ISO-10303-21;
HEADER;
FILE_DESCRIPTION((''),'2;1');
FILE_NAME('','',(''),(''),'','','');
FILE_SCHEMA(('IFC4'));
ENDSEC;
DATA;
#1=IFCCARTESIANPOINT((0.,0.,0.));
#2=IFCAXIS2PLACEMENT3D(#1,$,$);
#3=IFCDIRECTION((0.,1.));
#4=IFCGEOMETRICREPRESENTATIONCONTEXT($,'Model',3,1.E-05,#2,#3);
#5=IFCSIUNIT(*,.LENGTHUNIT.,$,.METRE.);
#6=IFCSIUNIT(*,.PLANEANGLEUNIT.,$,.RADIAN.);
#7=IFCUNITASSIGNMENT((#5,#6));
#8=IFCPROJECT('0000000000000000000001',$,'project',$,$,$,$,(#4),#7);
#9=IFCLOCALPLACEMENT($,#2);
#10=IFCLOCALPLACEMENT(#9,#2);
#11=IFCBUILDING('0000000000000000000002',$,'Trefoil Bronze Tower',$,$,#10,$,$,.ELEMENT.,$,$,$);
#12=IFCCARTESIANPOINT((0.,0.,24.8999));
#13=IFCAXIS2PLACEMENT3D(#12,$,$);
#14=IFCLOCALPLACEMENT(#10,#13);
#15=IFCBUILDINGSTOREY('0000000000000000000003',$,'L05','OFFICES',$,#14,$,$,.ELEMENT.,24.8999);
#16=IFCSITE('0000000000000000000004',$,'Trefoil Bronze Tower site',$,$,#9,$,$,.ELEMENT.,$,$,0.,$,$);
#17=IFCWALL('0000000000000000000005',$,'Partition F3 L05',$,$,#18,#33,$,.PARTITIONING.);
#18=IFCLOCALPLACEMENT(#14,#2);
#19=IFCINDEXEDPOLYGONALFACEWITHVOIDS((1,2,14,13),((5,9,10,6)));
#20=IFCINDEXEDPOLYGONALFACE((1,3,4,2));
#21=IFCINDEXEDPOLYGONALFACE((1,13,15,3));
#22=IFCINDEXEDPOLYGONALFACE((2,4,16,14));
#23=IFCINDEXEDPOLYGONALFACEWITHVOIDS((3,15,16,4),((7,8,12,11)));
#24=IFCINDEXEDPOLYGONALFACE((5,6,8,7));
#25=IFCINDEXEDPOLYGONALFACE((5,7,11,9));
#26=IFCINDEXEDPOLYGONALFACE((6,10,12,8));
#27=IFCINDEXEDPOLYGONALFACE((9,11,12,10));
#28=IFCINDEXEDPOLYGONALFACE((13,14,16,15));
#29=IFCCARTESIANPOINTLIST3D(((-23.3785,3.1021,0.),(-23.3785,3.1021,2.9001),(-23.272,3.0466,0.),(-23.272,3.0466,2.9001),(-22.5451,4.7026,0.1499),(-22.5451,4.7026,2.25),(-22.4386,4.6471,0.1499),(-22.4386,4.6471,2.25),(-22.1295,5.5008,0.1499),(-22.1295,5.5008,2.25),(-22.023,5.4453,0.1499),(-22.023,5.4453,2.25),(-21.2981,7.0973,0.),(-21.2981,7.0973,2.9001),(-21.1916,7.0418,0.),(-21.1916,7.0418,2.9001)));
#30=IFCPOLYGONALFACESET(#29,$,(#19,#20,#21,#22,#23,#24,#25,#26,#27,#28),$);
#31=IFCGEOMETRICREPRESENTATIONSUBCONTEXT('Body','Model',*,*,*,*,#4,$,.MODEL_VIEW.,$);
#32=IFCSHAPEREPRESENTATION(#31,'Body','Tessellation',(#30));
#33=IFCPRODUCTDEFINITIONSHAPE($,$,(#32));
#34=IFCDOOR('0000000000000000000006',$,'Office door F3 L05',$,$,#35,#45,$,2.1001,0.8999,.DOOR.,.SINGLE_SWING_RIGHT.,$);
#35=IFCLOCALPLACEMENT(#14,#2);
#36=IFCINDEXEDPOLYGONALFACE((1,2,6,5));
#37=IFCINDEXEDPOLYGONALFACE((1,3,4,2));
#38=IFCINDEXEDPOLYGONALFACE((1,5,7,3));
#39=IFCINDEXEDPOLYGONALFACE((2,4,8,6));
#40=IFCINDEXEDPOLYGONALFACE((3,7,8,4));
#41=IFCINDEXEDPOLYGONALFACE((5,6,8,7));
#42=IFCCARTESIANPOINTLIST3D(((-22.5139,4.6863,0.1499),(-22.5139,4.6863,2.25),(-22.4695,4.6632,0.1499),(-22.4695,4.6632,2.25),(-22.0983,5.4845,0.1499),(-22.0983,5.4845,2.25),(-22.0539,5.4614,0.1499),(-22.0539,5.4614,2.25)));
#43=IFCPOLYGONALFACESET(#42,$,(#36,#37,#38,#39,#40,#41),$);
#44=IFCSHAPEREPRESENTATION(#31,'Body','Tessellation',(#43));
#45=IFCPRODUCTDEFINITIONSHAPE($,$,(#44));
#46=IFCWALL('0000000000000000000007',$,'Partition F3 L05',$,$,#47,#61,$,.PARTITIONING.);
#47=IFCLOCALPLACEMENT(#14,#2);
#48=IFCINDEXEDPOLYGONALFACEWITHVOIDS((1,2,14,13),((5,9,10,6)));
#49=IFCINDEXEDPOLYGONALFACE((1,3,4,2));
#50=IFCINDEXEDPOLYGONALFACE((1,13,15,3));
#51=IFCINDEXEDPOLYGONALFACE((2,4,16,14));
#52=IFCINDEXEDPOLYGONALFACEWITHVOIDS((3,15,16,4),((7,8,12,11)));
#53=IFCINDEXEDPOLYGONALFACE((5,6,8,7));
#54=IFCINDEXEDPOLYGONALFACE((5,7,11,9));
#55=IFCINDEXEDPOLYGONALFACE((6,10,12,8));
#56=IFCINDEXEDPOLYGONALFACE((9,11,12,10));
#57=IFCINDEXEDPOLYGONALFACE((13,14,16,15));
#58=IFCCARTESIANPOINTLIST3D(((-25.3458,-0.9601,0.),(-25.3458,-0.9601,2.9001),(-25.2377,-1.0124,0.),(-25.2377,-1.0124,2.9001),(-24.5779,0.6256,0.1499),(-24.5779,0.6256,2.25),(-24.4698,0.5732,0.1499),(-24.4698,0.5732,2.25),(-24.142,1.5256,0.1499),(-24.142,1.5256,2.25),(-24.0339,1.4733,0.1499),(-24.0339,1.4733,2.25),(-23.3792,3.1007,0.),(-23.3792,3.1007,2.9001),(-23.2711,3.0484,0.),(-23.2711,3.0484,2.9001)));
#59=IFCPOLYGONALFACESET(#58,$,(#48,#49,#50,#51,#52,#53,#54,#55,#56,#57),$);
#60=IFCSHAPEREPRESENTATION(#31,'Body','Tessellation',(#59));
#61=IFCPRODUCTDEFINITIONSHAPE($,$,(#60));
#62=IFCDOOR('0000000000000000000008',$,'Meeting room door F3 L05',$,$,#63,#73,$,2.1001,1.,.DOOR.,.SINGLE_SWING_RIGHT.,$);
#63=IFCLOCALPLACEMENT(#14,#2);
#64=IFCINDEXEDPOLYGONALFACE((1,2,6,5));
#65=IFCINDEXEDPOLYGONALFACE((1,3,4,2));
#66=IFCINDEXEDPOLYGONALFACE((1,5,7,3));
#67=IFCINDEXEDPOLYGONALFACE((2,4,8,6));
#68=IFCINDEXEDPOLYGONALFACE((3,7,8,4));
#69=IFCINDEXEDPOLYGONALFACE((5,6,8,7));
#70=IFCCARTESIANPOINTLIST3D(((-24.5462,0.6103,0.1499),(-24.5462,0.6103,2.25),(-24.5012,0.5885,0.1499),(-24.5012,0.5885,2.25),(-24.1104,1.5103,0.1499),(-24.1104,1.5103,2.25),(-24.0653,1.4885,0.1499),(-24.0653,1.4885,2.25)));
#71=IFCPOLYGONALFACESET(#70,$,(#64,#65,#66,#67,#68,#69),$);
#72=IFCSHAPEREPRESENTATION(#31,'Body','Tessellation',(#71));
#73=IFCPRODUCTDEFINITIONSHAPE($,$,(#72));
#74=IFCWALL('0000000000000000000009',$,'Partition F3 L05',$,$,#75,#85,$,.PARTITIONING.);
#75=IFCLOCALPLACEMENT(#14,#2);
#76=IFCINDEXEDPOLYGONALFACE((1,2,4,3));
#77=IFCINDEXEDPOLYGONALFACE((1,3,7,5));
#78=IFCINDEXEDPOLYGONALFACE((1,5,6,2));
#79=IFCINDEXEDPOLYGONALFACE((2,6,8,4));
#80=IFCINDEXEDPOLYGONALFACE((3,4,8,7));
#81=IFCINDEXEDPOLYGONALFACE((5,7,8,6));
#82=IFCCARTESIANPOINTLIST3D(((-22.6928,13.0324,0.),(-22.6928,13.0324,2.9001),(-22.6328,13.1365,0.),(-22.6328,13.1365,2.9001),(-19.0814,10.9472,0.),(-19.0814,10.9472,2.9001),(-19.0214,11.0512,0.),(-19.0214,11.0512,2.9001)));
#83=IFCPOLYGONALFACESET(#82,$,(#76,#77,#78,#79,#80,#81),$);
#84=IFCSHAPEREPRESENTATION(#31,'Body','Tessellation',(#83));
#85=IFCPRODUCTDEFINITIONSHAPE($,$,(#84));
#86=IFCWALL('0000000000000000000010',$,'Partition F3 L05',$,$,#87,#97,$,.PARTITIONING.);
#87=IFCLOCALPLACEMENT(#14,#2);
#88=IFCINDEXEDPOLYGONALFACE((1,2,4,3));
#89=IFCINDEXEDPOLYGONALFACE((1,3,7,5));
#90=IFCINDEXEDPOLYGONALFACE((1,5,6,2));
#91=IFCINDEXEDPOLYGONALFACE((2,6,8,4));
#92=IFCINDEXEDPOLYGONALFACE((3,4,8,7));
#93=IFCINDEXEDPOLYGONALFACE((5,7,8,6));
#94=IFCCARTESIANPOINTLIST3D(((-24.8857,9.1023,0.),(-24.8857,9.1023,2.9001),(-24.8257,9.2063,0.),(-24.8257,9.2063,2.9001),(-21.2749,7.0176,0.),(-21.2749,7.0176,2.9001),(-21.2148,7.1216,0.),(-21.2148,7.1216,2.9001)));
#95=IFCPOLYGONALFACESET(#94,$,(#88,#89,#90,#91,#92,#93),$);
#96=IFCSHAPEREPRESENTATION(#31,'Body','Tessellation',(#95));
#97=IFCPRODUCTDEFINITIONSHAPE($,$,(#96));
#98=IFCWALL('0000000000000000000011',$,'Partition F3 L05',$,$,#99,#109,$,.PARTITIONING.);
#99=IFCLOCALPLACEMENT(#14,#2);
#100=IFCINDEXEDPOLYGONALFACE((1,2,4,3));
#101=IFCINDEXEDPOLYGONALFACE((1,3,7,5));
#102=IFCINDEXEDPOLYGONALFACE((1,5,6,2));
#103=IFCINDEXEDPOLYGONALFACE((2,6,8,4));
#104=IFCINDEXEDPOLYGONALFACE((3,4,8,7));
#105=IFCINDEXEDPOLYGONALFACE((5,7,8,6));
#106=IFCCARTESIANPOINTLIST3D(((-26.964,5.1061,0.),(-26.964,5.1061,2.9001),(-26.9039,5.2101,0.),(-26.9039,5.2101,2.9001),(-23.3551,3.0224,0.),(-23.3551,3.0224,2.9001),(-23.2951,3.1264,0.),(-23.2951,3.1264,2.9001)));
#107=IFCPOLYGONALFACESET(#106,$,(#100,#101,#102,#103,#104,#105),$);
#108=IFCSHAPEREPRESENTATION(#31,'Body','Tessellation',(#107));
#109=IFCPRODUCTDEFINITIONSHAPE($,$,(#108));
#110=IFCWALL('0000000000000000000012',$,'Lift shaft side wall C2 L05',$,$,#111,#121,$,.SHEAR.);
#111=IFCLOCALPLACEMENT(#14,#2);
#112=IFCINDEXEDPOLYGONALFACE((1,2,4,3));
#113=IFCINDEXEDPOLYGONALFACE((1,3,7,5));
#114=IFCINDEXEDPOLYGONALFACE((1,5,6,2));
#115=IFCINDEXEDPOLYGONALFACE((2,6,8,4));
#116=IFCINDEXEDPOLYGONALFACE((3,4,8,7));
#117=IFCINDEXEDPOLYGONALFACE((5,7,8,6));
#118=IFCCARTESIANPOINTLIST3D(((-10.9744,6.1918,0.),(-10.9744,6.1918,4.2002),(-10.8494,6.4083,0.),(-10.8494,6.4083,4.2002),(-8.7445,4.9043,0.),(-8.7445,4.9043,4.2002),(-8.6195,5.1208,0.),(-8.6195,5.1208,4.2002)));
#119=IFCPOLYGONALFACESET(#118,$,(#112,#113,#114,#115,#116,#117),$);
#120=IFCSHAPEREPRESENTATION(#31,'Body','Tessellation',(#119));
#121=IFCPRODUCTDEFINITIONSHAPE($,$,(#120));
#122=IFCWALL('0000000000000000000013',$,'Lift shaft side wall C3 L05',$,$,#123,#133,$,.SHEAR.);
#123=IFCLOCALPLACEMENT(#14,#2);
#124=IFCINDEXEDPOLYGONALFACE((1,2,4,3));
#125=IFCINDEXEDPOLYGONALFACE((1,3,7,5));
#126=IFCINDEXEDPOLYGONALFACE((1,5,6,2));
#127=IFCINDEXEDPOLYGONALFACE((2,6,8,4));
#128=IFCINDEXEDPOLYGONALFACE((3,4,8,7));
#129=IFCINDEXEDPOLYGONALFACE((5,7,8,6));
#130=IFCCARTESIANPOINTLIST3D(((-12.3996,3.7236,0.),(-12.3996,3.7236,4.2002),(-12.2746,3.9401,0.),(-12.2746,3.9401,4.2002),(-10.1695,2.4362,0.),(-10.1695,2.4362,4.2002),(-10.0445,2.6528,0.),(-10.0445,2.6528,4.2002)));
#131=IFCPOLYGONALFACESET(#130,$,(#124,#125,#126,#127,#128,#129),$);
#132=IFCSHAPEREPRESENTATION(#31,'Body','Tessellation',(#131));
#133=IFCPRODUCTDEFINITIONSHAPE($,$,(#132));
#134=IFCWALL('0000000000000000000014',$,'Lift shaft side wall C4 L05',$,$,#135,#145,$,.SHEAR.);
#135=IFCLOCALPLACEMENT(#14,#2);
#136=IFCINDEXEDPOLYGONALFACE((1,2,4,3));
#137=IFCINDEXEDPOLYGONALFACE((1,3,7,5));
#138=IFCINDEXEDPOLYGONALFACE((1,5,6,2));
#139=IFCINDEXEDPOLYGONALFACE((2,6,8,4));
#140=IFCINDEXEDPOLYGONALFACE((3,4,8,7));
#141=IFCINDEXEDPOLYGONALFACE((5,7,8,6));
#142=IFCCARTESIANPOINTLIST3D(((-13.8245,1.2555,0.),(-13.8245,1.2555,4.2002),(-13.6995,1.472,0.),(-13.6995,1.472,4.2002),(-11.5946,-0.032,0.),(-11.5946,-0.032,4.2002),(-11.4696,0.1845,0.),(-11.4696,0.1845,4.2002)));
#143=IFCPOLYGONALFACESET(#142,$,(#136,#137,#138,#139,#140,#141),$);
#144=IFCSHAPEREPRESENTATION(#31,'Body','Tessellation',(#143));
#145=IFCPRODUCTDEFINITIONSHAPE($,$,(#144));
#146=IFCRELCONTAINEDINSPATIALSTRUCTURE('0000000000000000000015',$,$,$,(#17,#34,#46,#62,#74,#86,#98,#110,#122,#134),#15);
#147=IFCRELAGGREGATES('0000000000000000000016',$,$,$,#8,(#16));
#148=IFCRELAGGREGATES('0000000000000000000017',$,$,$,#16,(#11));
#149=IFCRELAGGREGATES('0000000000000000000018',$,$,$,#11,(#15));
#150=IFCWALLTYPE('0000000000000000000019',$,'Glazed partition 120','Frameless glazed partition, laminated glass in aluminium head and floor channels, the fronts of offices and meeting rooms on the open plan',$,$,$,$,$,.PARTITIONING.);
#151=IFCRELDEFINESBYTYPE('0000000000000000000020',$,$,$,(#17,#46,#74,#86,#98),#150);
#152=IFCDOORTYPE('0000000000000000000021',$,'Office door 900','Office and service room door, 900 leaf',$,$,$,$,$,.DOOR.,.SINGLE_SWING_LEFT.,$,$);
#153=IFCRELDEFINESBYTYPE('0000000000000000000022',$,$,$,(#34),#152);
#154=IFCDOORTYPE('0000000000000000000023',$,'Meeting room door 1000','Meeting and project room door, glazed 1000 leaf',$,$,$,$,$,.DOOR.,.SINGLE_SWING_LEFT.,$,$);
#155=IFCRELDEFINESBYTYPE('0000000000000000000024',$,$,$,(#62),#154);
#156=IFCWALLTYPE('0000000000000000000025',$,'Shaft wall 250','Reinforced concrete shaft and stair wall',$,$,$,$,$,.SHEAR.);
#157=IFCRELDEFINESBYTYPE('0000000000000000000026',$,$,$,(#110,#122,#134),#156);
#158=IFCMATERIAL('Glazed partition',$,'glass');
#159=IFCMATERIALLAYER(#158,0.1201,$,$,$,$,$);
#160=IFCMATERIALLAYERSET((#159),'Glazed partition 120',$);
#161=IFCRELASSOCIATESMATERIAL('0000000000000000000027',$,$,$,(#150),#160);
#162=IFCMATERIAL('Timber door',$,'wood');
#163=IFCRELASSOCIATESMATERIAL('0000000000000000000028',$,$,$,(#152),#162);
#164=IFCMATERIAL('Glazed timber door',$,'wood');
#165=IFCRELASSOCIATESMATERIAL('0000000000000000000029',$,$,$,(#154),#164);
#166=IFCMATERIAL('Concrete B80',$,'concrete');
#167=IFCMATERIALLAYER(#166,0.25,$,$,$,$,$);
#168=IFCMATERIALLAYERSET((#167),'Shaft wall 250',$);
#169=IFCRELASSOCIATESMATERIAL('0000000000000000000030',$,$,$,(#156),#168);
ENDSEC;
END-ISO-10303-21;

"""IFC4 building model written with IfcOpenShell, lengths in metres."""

from ifc_helpers import new_model, si_unit, direction, frame, frame_2d, origin, place, context, subcontext, project, spatial, rectangle, extrude, material, layer, layer_set, type_object, element, fill, save


model = new_model("IFC4")

# Units and contexts
model_context = context("Model", 3, precision=1e-05, world=origin(), true_north=direction((0.0, 1.0)))
body_context = subcontext(model_context, "Body", "Model", "MODEL_VIEW")
ifc_project = project(units=[si_unit("LENGTHUNIT", "METRE"), si_unit("PLANEANGLEUNIT", "RADIAN")], contexts=[model_context])

# Site, building, storey
site_placement = place(None, origin())
site = spatial("IfcSite", under=ifc_project, at=site_placement, Name="Trefoil Bronze Tower site", CompositionType="ELEMENT", RefElevation=0.0)
building_placement = place(site_placement, origin())
building = spatial("IfcBuilding", under=site, at=building_placement, Name="Trefoil Bronze Tower", CompositionType="ELEMENT")
storey_placement = place(building_placement, frame((0.0, 0.0, 24.8999)))
storey = spatial("IfcBuildingStorey", under=building, at=storey_placement, Name="L05", Description="OFFICES", CompositionType="ELEMENT", Elevation=24.8999)

# Walls, openings, doors
ifc_material_1 = material(Name="Glazed partition", Category="glass")
ifc_layer_1 = layer(ifc_material_1, 0.1201)
ifc_layer_set_1 = layer_set([ifc_layer_1], Name="Glazed partition 120")
wall_type_1 = type_object("IfcWallType", Name="Glazed partition 120", Description="Frameless glazed partition, laminated glass in aluminium head and floor channels, the fronts of offices and meeting rooms on the open plan", PredefinedType="PARTITIONING", material=ifc_layer_set_1)
ifc_material_2 = material(Name="Timber door", Category="wood")
door_type_1 = type_object("IfcDoorType", Name="Office door 900", Description="Office and service room door, 900 leaf", OperationType="SINGLE_SWING_LEFT", PredefinedType="DOOR", material=ifc_material_2)
wall_1_placement = place(storey_placement, frame((-21.2449, 7.0696, 0.0), z_axis=(0.0, 0.0, 1.0), x_axis=(-0.461853, -0.886957, 0.0)))
wall_1 = element("IfcWall", 1, at=wall_1_placement, inside=storey, type_object=wall_type_1, Name="Partition F3 L05", PredefinedType="PARTITIONING", context=body_context, shape_type="SweptSolid", body=[
    extrude(rectangle(XDim=4.5044, YDim=0.1201, at=frame_2d((2.2522, 0.0))), origin(), (0.0, 0.0, 1.0), 2.9001),
])
opening_1_placement = place(wall_1_placement, frame((1.8, 0.0, 0.1499)))
opening_1 = element("IfcOpeningElement", 2, at=opening_1_placement, cuts=wall_1, PredefinedType="OPENING", context=body_context, shape_type="SweptSolid", body=[
    extrude(rectangle(XDim=0.8999, YDim=2.1001, at=frame_2d((0.45, 1.05))), frame((0.0, 0.0701, 0.0), z_axis=(0.0, -1.0, 0.0), x_axis=(1.0, 0.0, 0.0)), (0.0, 0.0, 1.0), 0.1401),
])
door_1_placement = place(opening_1_placement, frame((0.8999, 0.0, 0.0), z_axis=(0.0, 0.0, 1.0), x_axis=(-1.0, 0.0, 0.0)))
door_1 = element("IfcDoor", 3, at=door_1_placement, inside=storey, type_object=door_type_1, Name="Office door F3 L05", OperationType="SINGLE_SWING_RIGHT", OverallHeight=2.1001, OverallWidth=0.8999, PredefinedType="DOOR", context=body_context, shape_type="SweptSolid", body=[
    extrude(rectangle(XDim=0.8999, YDim=2.1001, at=frame_2d((0.45, 1.05))), frame((0.0, 0.0249, 0.0), z_axis=(0.0, -1.0, 0.0), x_axis=(1.0, 0.0, 0.0)), (0.0, 0.0, 1.0), 0.05),
])
fill(opening_1, door_1)
wall_2_placement = place(storey_placement, frame((-23.3252, 3.0745, 0.0), z_axis=(0.0, 0.0, 1.0), x_axis=(-0.435858, -0.900015, 0.0)))
wall_2 = element("IfcWall", 4, at=wall_2_placement, inside=storey, type_object=wall_type_1, Name="Partition F3 L05", PredefinedType="PARTITIONING", context=body_context, shape_type="SweptSolid", body=[
    extrude(rectangle(XDim=4.512, YDim=0.1201, at=frame_2d((2.2559, 0.0))), origin(), (0.0, 0.0, 1.0), 2.9001),
])
opening_2_placement = place(wall_2_placement, frame((1.75, 0.0, 0.1499)))
opening_2 = element("IfcOpeningElement", 5, at=opening_2_placement, cuts=wall_2, PredefinedType="OPENING", context=body_context, shape_type="SweptSolid", body=[
    extrude(rectangle(XDim=1.0, YDim=2.1001, at=frame_2d((0.5, 1.05))), frame((0.0, 0.0701, 0.0), z_axis=(0.0, -1.0, 0.0), x_axis=(1.0, 0.0, 0.0)), (0.0, 0.0, 1.0), 0.1401),
])
ifc_material_3 = material(Name="Glazed timber door", Category="wood")
door_type_2 = type_object("IfcDoorType", Name="Meeting room door 1000", Description="Meeting and project room door, glazed 1000 leaf", OperationType="SINGLE_SWING_LEFT", PredefinedType="DOOR", material=ifc_material_3)
door_2_placement = place(opening_2_placement, frame((1.0, 0.0, 0.0), z_axis=(0.0, 0.0, 1.0), x_axis=(-1.0, 0.0, 0.0)))
door_2 = element("IfcDoor", 6, at=door_2_placement, inside=storey, type_object=door_type_2, Name="Meeting room door F3 L05", OperationType="SINGLE_SWING_RIGHT", OverallHeight=2.1001, OverallWidth=1.0, PredefinedType="DOOR", context=body_context, shape_type="SweptSolid", body=[
    extrude(rectangle(XDim=1.0, YDim=2.1001, at=frame_2d((0.5, 1.05))), frame((0.0, 0.0249, 0.0), z_axis=(0.0, -1.0, 0.0), x_axis=(1.0, 0.0, 0.0)), (0.0, 0.0, 1.0), 0.05),
])
fill(opening_2, door_2)

# Walls
wall_3_placement = place(storey_placement, frame((-19.0515, 10.9993, 0.0), z_axis=(0.0, 0.0, 1.0), x_axis=(-0.866004, 0.500037, 0.0)))
element("IfcWall", 7, at=wall_3_placement, inside=storey, type_object=wall_type_1, Name="Partition F3 L05", PredefinedType="PARTITIONING", context=body_context, shape_type="SweptSolid", body=[
    extrude(rectangle(XDim=4.1702, YDim=0.1201, at=frame_2d((2.085, 0.0))), origin(), (0.0, 0.0, 1.0), 2.9001),
])
wall_4_placement = place(storey_placement, frame((-21.2449, 7.0696, 0.0), z_axis=(0.0, 0.0, 1.0), x_axis=(-0.866026, 0.5, 0.0)))
element("IfcWall", 8, at=wall_4_placement, inside=storey, type_object=wall_type_1, Name="Partition F3 L05", PredefinedType="PARTITIONING", context=body_context, shape_type="SweptSolid", body=[
    extrude(rectangle(XDim=4.1694, YDim=0.1201, at=frame_2d((2.0847, 0.0))), origin(), (0.0, 0.0, 1.0), 2.9001),
])
wall_5_placement = place(storey_placement, frame((-23.3252, 3.0745, 0.0), z_axis=(0.0, 0.0, 1.0), x_axis=(-0.86601, 0.500027, 0.0)))
element("IfcWall", 9, at=wall_5_placement, inside=storey, type_object=wall_type_1, Name="Partition F3 L05", PredefinedType="PARTITIONING", context=body_context, shape_type="SweptSolid", body=[
    extrude(rectangle(XDim=4.1672, YDim=0.1201, at=frame_2d((2.0835, 0.0))), origin(), (0.0, 0.0, 1.0), 2.9001),
])
ifc_material_4 = material(Name="Concrete B80", Category="concrete")
ifc_layer_2 = layer(ifc_material_4, 0.25)
ifc_layer_set_2 = layer_set([ifc_layer_2], Name="Shaft wall 250")
wall_type_2 = type_object("IfcWallType", Name="Shaft wall 250", Description="Reinforced concrete shaft and stair wall", PredefinedType="SHEAR", material=ifc_layer_set_2)
for number, where, z_axis, x_axis, name in (
    (10, (-8.6819, 5.0125, 0.0), (0.0, 0.0, 1.0), (-0.866006, 0.500034, 0.0), "Lift shaft side wall C2 L05"),
    (11, (-10.1069, 2.5444, 0.0), (0.0, 0.0, 1.0), (-0.866047, 0.499963, 0.0), "Lift shaft side wall C3 L05"),
    (12, (-11.532, 0.0762, 0.0), (0.0, 0.0, 1.0), (-0.866006, 0.500034, 0.0), "Lift shaft side wall C4 L05"),
):
    element("IfcWall", number, at=place(storey_placement, frame(where, z_axis=z_axis, x_axis=x_axis)), inside=storey, type_object=wall_type_2, Name=name, PredefinedType="SHEAR", context=body_context, shape_type="SweptSolid", body=[
        extrude(rectangle(XDim=2.575, YDim=0.25, at=frame_2d((1.2876, 0.0))), origin(), (0.0, 0.0, 1.0), 4.2002),
    ])

save(model, "model.ifc")
